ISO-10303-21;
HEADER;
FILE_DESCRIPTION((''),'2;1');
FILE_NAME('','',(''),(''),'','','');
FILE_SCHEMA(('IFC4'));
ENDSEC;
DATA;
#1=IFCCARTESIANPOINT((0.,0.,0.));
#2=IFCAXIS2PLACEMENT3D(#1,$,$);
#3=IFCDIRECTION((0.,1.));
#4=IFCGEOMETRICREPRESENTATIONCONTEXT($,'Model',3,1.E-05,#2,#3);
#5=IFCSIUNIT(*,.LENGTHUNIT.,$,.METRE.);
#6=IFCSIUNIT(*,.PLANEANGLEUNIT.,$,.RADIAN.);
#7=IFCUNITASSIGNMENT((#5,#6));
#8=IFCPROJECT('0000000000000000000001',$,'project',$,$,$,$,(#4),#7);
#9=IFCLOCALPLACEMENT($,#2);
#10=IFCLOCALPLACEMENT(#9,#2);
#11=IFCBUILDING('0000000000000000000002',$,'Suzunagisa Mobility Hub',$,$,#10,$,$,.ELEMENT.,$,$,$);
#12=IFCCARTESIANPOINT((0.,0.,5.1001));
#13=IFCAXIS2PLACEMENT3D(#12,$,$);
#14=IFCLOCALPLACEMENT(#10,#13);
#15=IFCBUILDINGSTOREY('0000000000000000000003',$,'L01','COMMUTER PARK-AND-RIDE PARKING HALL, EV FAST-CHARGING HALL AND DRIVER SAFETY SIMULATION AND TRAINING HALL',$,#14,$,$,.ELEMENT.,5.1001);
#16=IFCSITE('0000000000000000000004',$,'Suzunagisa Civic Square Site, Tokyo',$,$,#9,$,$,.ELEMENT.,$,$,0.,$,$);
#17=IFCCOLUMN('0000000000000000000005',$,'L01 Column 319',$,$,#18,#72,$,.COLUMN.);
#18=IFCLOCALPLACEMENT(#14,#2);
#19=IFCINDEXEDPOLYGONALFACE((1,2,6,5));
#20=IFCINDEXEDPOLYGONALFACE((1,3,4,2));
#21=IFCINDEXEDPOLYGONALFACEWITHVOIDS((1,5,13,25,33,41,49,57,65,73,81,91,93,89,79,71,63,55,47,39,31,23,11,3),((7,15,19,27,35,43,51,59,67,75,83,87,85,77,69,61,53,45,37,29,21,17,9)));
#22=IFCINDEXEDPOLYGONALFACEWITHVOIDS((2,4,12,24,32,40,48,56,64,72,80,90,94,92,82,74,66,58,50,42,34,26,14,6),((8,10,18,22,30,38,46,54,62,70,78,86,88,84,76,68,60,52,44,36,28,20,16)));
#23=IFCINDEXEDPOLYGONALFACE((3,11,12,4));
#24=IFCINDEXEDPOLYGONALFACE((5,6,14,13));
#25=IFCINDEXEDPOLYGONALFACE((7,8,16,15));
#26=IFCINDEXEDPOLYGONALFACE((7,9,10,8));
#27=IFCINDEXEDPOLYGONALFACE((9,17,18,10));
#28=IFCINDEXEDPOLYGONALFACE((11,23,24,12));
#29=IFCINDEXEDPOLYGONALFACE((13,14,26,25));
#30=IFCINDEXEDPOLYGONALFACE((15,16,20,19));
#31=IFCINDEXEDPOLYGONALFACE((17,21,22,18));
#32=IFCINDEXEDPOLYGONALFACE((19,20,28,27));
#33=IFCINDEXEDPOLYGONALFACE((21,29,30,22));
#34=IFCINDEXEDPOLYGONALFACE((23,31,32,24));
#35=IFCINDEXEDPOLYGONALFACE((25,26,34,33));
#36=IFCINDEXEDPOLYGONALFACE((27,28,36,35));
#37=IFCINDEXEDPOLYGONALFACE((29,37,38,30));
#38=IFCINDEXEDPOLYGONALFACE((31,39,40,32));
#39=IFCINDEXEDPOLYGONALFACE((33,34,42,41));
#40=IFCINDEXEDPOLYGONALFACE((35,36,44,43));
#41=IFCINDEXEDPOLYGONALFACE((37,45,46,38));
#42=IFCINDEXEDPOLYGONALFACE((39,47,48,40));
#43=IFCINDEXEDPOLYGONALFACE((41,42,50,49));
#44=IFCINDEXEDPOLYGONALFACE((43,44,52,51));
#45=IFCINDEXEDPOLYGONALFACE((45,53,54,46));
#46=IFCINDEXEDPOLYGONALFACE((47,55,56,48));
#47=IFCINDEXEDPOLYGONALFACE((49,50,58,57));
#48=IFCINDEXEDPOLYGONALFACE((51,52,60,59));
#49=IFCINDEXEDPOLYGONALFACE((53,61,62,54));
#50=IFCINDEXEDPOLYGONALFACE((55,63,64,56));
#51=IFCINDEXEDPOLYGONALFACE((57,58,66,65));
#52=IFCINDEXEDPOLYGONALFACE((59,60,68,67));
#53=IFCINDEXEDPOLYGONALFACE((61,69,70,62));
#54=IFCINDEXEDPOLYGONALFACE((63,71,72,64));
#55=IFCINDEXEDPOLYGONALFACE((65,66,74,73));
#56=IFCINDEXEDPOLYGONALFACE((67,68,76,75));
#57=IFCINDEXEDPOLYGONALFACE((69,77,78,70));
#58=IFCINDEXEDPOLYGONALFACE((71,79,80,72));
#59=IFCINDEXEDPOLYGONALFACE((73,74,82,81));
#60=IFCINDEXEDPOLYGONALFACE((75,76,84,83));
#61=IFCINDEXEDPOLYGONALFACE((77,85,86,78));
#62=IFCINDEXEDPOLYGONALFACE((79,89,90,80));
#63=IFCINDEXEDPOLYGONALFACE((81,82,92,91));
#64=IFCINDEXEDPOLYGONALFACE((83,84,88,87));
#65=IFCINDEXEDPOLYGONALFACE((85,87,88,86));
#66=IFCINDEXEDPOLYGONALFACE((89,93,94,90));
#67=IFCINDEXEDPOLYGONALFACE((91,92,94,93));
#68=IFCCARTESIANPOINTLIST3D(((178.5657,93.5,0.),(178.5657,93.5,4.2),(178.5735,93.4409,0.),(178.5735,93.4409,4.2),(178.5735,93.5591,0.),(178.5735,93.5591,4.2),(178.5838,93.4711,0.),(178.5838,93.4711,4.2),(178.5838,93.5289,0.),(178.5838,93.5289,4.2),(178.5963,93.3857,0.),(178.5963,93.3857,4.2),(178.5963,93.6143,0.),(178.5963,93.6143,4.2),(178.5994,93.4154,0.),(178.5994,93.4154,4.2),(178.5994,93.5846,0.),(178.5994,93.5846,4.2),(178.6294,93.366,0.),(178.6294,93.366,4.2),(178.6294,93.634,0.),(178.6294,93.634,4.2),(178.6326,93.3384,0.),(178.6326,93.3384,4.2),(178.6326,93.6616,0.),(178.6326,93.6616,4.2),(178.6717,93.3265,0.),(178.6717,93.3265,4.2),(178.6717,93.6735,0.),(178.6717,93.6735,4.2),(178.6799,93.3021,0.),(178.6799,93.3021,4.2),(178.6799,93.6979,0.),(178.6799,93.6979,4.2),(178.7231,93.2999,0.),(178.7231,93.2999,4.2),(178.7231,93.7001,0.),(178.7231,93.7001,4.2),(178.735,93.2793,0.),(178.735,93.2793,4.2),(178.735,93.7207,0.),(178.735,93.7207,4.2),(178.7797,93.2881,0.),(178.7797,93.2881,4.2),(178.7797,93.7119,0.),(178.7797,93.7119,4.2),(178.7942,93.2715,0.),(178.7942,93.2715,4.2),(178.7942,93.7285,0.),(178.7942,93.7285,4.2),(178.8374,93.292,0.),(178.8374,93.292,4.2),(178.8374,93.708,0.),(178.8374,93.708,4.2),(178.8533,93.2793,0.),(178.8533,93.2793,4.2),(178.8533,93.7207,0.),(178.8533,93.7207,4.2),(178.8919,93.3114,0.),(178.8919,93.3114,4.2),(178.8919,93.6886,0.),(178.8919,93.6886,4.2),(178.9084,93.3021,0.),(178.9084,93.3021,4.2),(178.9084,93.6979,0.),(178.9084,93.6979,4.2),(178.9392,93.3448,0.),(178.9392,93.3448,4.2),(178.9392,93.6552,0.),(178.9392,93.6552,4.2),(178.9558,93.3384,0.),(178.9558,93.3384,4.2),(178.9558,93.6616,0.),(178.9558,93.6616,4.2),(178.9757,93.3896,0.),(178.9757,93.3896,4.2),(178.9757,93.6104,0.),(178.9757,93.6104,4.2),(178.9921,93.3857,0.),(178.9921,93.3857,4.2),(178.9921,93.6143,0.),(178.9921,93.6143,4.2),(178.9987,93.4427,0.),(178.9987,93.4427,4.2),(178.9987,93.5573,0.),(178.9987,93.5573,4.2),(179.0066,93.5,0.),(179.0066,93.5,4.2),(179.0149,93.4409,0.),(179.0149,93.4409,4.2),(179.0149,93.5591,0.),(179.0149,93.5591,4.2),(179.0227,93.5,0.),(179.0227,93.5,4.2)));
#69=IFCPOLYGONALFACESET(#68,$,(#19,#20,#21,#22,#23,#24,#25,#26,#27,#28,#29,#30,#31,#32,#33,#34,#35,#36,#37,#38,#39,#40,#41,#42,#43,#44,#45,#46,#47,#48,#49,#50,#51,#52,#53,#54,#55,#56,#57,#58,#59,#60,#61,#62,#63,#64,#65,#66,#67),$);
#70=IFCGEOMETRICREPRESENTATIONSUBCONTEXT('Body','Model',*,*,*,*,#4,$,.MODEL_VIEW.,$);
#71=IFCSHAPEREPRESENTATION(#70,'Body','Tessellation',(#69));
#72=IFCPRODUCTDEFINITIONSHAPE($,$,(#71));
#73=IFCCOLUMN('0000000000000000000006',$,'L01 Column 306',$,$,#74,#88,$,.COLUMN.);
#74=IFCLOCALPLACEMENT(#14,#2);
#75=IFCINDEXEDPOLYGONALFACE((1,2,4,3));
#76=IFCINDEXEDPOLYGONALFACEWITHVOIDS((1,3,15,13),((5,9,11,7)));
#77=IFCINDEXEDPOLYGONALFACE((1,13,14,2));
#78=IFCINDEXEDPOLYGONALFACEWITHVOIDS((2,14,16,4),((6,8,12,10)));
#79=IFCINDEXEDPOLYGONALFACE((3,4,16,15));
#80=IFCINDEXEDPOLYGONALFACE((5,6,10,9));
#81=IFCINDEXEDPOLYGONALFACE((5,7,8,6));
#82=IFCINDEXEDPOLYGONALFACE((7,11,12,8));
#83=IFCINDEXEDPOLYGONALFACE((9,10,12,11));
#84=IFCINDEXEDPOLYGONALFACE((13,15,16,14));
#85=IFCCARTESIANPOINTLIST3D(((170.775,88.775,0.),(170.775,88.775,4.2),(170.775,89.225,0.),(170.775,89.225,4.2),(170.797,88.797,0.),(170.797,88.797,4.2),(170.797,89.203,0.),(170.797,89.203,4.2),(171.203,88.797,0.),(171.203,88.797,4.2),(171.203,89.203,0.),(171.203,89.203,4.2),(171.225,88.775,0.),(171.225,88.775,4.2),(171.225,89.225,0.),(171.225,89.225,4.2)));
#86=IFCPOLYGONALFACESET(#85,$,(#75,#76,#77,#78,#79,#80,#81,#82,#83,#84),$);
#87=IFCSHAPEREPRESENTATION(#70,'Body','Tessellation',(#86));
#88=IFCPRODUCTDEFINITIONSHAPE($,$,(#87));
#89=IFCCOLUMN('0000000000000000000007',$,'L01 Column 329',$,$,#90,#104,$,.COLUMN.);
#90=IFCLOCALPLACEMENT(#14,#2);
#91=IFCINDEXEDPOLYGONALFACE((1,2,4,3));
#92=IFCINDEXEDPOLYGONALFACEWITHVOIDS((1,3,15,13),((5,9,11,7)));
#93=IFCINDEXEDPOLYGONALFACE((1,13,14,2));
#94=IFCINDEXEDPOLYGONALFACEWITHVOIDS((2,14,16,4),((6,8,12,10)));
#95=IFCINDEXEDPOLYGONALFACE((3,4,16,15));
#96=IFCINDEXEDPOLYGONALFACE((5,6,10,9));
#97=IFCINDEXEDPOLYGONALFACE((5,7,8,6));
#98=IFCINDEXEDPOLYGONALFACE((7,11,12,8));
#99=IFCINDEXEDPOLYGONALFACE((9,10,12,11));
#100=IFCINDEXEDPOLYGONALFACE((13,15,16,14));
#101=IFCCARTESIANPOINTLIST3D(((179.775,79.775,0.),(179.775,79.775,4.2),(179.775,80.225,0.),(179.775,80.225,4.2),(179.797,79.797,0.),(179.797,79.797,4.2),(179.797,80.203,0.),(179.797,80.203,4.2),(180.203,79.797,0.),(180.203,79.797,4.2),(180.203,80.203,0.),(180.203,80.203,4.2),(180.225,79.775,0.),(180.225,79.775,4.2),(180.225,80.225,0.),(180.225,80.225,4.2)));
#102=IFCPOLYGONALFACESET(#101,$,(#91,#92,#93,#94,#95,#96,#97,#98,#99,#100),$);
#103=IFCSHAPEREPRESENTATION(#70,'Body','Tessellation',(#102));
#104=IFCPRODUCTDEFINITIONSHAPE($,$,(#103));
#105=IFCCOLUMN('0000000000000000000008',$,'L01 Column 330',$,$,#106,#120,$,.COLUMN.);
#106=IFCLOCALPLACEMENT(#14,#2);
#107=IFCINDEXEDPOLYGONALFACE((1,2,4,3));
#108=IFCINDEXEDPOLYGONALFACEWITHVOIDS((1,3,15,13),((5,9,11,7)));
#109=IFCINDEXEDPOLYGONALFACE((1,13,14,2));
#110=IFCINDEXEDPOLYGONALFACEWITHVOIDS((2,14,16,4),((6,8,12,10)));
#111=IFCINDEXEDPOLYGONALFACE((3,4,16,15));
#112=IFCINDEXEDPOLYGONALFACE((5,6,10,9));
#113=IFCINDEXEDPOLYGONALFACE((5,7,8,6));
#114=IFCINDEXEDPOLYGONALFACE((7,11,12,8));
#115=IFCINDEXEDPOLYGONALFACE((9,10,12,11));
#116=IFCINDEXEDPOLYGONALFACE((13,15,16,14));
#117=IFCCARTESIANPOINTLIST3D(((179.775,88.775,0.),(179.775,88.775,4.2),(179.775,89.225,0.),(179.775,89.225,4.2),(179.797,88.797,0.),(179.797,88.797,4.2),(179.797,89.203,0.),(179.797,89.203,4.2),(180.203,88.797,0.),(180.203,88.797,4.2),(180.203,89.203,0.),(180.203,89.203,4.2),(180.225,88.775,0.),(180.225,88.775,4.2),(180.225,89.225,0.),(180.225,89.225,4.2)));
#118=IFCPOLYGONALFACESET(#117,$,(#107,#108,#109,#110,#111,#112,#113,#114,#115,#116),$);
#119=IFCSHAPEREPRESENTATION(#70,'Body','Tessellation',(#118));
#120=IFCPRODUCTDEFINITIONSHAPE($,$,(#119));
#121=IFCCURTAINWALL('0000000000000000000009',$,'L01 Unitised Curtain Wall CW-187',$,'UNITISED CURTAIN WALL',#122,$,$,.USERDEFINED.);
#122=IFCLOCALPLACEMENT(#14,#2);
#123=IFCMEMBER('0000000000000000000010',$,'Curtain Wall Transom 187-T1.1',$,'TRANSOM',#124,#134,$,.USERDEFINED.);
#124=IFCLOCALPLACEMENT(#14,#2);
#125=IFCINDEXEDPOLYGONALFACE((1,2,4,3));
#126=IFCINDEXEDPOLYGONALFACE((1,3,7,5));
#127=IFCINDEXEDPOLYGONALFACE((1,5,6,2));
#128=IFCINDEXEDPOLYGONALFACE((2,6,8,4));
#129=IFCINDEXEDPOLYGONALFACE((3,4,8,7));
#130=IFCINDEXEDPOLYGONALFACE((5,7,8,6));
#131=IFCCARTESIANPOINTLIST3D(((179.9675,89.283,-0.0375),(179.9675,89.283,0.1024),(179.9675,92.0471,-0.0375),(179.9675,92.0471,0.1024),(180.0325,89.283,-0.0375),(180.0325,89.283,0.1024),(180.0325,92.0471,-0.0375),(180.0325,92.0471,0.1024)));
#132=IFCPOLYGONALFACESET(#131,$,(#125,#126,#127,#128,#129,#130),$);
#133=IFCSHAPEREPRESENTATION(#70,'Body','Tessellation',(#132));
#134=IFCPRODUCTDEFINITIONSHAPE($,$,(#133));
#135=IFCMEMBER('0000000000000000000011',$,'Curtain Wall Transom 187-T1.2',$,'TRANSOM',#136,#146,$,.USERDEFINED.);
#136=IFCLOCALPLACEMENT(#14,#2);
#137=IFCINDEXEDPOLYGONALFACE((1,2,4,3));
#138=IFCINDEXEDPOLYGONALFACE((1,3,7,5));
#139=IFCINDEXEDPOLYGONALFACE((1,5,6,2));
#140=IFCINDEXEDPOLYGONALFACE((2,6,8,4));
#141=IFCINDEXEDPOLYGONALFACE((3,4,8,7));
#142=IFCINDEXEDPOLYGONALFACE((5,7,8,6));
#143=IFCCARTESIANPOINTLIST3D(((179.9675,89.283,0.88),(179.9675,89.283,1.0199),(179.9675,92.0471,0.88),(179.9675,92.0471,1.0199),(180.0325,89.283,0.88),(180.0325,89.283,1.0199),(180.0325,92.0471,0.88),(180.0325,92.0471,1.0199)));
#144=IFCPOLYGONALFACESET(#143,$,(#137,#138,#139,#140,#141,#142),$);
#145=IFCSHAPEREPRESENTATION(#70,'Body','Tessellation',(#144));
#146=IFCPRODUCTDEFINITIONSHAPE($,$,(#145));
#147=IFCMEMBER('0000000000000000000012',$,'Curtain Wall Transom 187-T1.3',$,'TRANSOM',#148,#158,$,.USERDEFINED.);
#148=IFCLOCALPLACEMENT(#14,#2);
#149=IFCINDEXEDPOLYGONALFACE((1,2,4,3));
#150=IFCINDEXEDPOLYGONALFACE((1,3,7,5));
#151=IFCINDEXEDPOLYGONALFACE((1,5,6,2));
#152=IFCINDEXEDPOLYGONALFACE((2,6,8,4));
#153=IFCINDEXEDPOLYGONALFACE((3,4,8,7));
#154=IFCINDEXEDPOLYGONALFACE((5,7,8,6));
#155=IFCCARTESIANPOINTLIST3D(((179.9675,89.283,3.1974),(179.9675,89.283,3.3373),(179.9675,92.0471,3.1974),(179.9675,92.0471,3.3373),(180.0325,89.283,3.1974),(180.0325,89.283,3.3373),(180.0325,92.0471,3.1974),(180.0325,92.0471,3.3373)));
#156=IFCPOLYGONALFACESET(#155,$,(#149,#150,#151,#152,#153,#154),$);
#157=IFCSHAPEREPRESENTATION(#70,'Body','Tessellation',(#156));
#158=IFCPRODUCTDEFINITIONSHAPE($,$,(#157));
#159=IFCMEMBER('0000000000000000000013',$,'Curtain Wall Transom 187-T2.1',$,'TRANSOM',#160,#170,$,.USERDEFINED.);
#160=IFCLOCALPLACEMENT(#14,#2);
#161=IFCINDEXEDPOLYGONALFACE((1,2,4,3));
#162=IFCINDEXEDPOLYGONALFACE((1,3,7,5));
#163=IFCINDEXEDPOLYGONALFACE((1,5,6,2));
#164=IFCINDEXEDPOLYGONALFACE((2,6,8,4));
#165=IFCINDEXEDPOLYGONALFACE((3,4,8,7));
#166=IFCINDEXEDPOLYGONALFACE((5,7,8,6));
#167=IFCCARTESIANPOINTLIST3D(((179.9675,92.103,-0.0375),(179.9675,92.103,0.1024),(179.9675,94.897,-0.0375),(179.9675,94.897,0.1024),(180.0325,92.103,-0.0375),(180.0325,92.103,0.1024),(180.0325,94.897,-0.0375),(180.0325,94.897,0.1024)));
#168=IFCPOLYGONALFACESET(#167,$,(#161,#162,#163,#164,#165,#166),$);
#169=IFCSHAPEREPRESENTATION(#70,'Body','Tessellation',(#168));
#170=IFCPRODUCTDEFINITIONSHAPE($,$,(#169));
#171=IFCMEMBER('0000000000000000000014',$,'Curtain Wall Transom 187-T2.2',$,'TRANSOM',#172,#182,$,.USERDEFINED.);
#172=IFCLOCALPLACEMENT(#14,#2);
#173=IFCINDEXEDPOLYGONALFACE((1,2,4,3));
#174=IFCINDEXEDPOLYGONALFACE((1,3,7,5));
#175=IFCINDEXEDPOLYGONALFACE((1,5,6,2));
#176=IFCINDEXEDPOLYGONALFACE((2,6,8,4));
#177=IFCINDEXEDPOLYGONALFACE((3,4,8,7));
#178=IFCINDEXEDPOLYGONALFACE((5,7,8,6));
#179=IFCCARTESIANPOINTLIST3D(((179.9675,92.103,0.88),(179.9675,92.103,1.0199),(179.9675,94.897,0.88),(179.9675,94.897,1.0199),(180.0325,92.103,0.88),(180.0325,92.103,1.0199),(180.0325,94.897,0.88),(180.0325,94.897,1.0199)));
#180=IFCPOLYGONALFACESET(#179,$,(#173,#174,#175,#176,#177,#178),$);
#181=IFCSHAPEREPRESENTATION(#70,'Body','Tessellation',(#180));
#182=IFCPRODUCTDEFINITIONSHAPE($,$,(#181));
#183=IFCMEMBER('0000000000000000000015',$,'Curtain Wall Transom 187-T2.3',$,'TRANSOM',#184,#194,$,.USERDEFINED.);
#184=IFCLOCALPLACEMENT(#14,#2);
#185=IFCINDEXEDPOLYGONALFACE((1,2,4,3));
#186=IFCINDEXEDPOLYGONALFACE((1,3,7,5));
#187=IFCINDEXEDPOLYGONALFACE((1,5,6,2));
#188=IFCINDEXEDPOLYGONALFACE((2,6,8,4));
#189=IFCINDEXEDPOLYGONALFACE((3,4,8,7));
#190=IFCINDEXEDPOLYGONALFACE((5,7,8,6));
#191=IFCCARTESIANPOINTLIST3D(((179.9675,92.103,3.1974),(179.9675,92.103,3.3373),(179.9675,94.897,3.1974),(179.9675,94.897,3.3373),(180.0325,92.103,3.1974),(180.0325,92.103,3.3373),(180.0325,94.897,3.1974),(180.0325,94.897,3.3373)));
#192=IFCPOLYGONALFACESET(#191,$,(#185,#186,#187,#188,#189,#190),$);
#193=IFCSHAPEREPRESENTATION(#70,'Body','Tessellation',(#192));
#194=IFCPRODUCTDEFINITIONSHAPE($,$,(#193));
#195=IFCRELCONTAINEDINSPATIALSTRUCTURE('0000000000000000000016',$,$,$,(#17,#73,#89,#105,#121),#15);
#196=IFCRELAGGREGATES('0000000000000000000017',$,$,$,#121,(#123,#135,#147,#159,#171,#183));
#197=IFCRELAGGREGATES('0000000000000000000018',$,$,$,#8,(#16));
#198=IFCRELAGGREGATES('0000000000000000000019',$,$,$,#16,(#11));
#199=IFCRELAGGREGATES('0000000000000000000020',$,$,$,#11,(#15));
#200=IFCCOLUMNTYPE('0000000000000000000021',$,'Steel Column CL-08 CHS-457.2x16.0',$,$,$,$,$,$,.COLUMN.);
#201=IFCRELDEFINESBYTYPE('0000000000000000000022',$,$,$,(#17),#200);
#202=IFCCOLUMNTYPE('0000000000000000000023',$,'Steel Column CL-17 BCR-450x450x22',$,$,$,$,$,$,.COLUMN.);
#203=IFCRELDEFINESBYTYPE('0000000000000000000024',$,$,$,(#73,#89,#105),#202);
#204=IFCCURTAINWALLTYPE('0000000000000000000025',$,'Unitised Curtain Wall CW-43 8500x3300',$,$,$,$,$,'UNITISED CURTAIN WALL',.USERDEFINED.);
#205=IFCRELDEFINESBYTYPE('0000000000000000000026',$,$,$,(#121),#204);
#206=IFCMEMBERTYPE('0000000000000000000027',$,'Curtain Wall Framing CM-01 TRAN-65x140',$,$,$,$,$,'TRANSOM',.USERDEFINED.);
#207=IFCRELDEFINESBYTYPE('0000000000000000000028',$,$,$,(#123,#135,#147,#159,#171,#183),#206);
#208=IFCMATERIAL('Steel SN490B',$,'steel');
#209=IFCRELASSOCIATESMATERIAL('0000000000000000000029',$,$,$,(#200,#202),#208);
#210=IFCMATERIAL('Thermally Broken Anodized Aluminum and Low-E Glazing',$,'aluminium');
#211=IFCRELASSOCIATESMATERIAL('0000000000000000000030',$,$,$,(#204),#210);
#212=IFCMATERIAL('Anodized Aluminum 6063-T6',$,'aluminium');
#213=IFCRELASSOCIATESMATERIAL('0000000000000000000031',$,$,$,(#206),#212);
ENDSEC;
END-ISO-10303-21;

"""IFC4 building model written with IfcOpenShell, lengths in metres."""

from ifc_helpers import new_model, si_unit, direction, frame, origin, origin_2d, place, context, subcontext, project, spatial, rectangle, hollow_rectangle, hollow_circle, extrude, material, material_profile, profile_set, type_object, element, aggregate, save


model = new_model("IFC4")

# Units and contexts
model_context = context("Model", 3, precision=1e-05, world=origin(), true_north=direction((0.0, 1.0)))
body_context = subcontext(model_context, "Body", "Model", "MODEL_VIEW")
ifc_project = project(units=[si_unit("LENGTHUNIT", "METRE"), si_unit("PLANEANGLEUNIT", "RADIAN")], contexts=[model_context])

# Site, building, storey
site_placement = place(None, origin())
site = spatial("IfcSite", under=ifc_project, at=site_placement, Name="Suzunagisa Civic Square Site, Tokyo", CompositionType="ELEMENT", RefElevation=0.0)
building_placement = place(site_placement, origin())
building = spatial("IfcBuilding", under=site, at=building_placement, Name="Suzunagisa Mobility Hub", CompositionType="ELEMENT")
storey_placement = place(building_placement, frame((0.0, 0.0, 5.1001)))
storey = spatial("IfcBuildingStorey", under=building, at=storey_placement, Name="L01", Description="COMMUTER PARK-AND-RIDE PARKING HALL, EV FAST-CHARGING HALL AND DRIVER SAFETY SIMULATION AND TRAINING HALL", CompositionType="ELEMENT", Elevation=5.1001)

# Columns
ifc_material_1 = material(Name="Steel SN490B", Category="steel")
ifc_material_profile_1 = material_profile(ifc_material_1, hollow_circle(Radius=0.2285, WallThickness=0.0161, at=origin_2d()), Name="CHS-457.2x16.0")
ifc_profile_set_1 = profile_set([ifc_material_profile_1], Name="Steel SN490B")
column_type_1 = type_object("IfcColumnType", Name="Steel Column CL-08 CHS-457.2x16.0", PredefinedType="COLUMN", material=ifc_profile_set_1)
column_placement = place(storey_placement, frame((178.7942, 93.5, 0.0), z_axis=(0.0, 0.0, 1.0), x_axis=(1.0, 0.0, 0.0)))
element("IfcColumn", 1, at=column_placement, inside=storey, type_object=column_type_1, Name="L01 Column 319", PredefinedType="COLUMN", context=body_context, shape_type="SweptSolid", body=[
    extrude(hollow_circle(Radius=0.2285, WallThickness=0.0161, at=origin_2d()), origin(), (0.0, 0.0, 1.0), 4.2),
])
ifc_material_profile_2 = material_profile(ifc_material_1, hollow_rectangle(XDim=0.45, YDim=0.45, WallThickness=0.022, at=origin_2d()), Name="BCR-450x450x22")
ifc_profile_set_2 = profile_set([ifc_material_profile_2], Name="Steel SN490B")
column_type_2 = type_object("IfcColumnType", Name="Steel Column CL-17 BCR-450x450x22", PredefinedType="COLUMN", material=ifc_profile_set_2)
for number, where, z_axis, x_axis, name in (
    (2, (171.0, 89.0, 0.0), (0.0, 0.0, 1.0), (1.0, 0.0, 0.0), "L01 Column 306"),
    (3, (180.0, 80.0, 0.0), (0.0, 0.0, 1.0), (1.0, 0.0, 0.0), "L01 Column 329"),
    (4, (180.0, 89.0, 0.0), (0.0, 0.0, 1.0), (1.0, 0.0, 0.0), "L01 Column 330"),
):
    element("IfcColumn", number, at=place(storey_placement, frame(where, z_axis=z_axis, x_axis=x_axis)), inside=storey, type_object=column_type_2, Name=name, PredefinedType="COLUMN", context=body_context, shape_type="SweptSolid", body=[
        extrude(hollow_rectangle(XDim=0.45, YDim=0.45, WallThickness=0.022, at=origin_2d()), origin(), (0.0, 0.0, 1.0), 4.2),
    ])

# Curtain wall, members
ifc_material_2 = material(Name="Thermally Broken Anodized Aluminum and Low-E Glazing", Category="aluminium")
curtain_wall_type = type_object("IfcCurtainWallType", Name="Unitised Curtain Wall CW-43 8500x3300", ElementType="UNITISED CURTAIN WALL", PredefinedType="USERDEFINED", material=ifc_material_2)
curtain_wall_placement = place(storey_placement, origin())
curtain_wall = element("IfcCurtainWall", 5, at=curtain_wall_placement, inside=storey, type_object=curtain_wall_type, Name="L01 Unitised Curtain Wall CW-187", ObjectType="UNITISED CURTAIN WALL", PredefinedType="USERDEFINED")
ifc_material_3 = material(Name="Anodized Aluminum 6063-T6", Category="aluminium")
ifc_material_profile_3 = material_profile(ifc_material_3, rectangle(XDim=0.0649, YDim=0.1399, at=origin_2d()), Name="TRAN-65x140")
ifc_profile_set_3 = profile_set([ifc_material_profile_3], Name="Anodized Aluminum 6063-T6")
member_type_1 = type_object("IfcMemberType", Name="Curtain Wall Framing CM-01 TRAN-65x140", ElementType="TRANSOM", PredefinedType="USERDEFINED", material=ifc_profile_set_3)
member_1_placement = place(storey_placement, frame((180.0, 89.283, 0.0325), z_axis=(0.0, 1.0, 0.0), x_axis=(-1.0, 0.0, 0.0)))
member_1 = element("IfcMember", 6, at=member_1_placement, type_object=member_type_1, Name="Curtain Wall Transom 187-T1.1", ObjectType="TRANSOM", PredefinedType="USERDEFINED", context=body_context, shape_type="SweptSolid", body=[
    extrude(rectangle(XDim=0.0649, YDim=0.1399, at=origin_2d()), origin(), (0.0, 0.0, 1.0), 2.7642),
])
member_2_placement = place(storey_placement, frame((180.0, 89.283, 0.95), z_axis=(0.0, 1.0, 0.0), x_axis=(-1.0, 0.0, 0.0)))
member_2 = element("IfcMember", 7, at=member_2_placement, type_object=member_type_1, Name="Curtain Wall Transom 187-T1.2", ObjectType="TRANSOM", PredefinedType="USERDEFINED", context=body_context, shape_type="SweptSolid", body=[
    extrude(rectangle(XDim=0.0649, YDim=0.1399, at=origin_2d()), origin(), (0.0, 0.0, 1.0), 2.7642),
])
member_3_placement = place(storey_placement, frame((180.0, 89.283, 3.2673), z_axis=(0.0, 1.0, 0.0), x_axis=(-1.0, 0.0, 0.0)))
member_3 = element("IfcMember", 8, at=member_3_placement, type_object=member_type_1, Name="Curtain Wall Transom 187-T1.3", ObjectType="TRANSOM", PredefinedType="USERDEFINED", context=body_context, shape_type="SweptSolid", body=[
    extrude(rectangle(XDim=0.0649, YDim=0.1399, at=origin_2d()), origin(), (0.0, 0.0, 1.0), 2.7642),
])
member_4_placement = place(storey_placement, frame((180.0, 92.103, 0.0325), z_axis=(0.0, 1.0, 0.0), x_axis=(-1.0, 0.0, 0.0)))
member_4 = element("IfcMember", 9, at=member_4_placement, type_object=member_type_1, Name="Curtain Wall Transom 187-T2.1", ObjectType="TRANSOM", PredefinedType="USERDEFINED", context=body_context, shape_type="SweptSolid", body=[
    extrude(rectangle(XDim=0.0649, YDim=0.1399, at=origin_2d()), origin(), (0.0, 0.0, 1.0), 2.7939),
])
member_5_placement = place(storey_placement, frame((180.0, 92.103, 0.95), z_axis=(0.0, 1.0, 0.0), x_axis=(-1.0, 0.0, 0.0)))
member_5 = element("IfcMember", 10, at=member_5_placement, type_object=member_type_1, Name="Curtain Wall Transom 187-T2.2", ObjectType="TRANSOM", PredefinedType="USERDEFINED", context=body_context, shape_type="SweptSolid", body=[
    extrude(rectangle(XDim=0.0649, YDim=0.1399, at=origin_2d()), origin(), (0.0, 0.0, 1.0), 2.7939),
])
member_6_placement = place(storey_placement, frame((180.0, 92.103, 3.2673), z_axis=(0.0, 1.0, 0.0), x_axis=(-1.0, 0.0, 0.0)))
member_6 = element("IfcMember", 11, at=member_6_placement, type_object=member_type_1, Name="Curtain Wall Transom 187-T2.3", ObjectType="TRANSOM", PredefinedType="USERDEFINED", context=body_context, shape_type="SweptSolid", body=[
    extrude(rectangle(XDim=0.0649, YDim=0.1399, at=origin_2d()), origin(), (0.0, 0.0, 1.0), 2.7939),
])

aggregate(curtain_wall, [member_1, member_2, member_3, member_4, member_5, member_6])

save(model, "model.ifc")
